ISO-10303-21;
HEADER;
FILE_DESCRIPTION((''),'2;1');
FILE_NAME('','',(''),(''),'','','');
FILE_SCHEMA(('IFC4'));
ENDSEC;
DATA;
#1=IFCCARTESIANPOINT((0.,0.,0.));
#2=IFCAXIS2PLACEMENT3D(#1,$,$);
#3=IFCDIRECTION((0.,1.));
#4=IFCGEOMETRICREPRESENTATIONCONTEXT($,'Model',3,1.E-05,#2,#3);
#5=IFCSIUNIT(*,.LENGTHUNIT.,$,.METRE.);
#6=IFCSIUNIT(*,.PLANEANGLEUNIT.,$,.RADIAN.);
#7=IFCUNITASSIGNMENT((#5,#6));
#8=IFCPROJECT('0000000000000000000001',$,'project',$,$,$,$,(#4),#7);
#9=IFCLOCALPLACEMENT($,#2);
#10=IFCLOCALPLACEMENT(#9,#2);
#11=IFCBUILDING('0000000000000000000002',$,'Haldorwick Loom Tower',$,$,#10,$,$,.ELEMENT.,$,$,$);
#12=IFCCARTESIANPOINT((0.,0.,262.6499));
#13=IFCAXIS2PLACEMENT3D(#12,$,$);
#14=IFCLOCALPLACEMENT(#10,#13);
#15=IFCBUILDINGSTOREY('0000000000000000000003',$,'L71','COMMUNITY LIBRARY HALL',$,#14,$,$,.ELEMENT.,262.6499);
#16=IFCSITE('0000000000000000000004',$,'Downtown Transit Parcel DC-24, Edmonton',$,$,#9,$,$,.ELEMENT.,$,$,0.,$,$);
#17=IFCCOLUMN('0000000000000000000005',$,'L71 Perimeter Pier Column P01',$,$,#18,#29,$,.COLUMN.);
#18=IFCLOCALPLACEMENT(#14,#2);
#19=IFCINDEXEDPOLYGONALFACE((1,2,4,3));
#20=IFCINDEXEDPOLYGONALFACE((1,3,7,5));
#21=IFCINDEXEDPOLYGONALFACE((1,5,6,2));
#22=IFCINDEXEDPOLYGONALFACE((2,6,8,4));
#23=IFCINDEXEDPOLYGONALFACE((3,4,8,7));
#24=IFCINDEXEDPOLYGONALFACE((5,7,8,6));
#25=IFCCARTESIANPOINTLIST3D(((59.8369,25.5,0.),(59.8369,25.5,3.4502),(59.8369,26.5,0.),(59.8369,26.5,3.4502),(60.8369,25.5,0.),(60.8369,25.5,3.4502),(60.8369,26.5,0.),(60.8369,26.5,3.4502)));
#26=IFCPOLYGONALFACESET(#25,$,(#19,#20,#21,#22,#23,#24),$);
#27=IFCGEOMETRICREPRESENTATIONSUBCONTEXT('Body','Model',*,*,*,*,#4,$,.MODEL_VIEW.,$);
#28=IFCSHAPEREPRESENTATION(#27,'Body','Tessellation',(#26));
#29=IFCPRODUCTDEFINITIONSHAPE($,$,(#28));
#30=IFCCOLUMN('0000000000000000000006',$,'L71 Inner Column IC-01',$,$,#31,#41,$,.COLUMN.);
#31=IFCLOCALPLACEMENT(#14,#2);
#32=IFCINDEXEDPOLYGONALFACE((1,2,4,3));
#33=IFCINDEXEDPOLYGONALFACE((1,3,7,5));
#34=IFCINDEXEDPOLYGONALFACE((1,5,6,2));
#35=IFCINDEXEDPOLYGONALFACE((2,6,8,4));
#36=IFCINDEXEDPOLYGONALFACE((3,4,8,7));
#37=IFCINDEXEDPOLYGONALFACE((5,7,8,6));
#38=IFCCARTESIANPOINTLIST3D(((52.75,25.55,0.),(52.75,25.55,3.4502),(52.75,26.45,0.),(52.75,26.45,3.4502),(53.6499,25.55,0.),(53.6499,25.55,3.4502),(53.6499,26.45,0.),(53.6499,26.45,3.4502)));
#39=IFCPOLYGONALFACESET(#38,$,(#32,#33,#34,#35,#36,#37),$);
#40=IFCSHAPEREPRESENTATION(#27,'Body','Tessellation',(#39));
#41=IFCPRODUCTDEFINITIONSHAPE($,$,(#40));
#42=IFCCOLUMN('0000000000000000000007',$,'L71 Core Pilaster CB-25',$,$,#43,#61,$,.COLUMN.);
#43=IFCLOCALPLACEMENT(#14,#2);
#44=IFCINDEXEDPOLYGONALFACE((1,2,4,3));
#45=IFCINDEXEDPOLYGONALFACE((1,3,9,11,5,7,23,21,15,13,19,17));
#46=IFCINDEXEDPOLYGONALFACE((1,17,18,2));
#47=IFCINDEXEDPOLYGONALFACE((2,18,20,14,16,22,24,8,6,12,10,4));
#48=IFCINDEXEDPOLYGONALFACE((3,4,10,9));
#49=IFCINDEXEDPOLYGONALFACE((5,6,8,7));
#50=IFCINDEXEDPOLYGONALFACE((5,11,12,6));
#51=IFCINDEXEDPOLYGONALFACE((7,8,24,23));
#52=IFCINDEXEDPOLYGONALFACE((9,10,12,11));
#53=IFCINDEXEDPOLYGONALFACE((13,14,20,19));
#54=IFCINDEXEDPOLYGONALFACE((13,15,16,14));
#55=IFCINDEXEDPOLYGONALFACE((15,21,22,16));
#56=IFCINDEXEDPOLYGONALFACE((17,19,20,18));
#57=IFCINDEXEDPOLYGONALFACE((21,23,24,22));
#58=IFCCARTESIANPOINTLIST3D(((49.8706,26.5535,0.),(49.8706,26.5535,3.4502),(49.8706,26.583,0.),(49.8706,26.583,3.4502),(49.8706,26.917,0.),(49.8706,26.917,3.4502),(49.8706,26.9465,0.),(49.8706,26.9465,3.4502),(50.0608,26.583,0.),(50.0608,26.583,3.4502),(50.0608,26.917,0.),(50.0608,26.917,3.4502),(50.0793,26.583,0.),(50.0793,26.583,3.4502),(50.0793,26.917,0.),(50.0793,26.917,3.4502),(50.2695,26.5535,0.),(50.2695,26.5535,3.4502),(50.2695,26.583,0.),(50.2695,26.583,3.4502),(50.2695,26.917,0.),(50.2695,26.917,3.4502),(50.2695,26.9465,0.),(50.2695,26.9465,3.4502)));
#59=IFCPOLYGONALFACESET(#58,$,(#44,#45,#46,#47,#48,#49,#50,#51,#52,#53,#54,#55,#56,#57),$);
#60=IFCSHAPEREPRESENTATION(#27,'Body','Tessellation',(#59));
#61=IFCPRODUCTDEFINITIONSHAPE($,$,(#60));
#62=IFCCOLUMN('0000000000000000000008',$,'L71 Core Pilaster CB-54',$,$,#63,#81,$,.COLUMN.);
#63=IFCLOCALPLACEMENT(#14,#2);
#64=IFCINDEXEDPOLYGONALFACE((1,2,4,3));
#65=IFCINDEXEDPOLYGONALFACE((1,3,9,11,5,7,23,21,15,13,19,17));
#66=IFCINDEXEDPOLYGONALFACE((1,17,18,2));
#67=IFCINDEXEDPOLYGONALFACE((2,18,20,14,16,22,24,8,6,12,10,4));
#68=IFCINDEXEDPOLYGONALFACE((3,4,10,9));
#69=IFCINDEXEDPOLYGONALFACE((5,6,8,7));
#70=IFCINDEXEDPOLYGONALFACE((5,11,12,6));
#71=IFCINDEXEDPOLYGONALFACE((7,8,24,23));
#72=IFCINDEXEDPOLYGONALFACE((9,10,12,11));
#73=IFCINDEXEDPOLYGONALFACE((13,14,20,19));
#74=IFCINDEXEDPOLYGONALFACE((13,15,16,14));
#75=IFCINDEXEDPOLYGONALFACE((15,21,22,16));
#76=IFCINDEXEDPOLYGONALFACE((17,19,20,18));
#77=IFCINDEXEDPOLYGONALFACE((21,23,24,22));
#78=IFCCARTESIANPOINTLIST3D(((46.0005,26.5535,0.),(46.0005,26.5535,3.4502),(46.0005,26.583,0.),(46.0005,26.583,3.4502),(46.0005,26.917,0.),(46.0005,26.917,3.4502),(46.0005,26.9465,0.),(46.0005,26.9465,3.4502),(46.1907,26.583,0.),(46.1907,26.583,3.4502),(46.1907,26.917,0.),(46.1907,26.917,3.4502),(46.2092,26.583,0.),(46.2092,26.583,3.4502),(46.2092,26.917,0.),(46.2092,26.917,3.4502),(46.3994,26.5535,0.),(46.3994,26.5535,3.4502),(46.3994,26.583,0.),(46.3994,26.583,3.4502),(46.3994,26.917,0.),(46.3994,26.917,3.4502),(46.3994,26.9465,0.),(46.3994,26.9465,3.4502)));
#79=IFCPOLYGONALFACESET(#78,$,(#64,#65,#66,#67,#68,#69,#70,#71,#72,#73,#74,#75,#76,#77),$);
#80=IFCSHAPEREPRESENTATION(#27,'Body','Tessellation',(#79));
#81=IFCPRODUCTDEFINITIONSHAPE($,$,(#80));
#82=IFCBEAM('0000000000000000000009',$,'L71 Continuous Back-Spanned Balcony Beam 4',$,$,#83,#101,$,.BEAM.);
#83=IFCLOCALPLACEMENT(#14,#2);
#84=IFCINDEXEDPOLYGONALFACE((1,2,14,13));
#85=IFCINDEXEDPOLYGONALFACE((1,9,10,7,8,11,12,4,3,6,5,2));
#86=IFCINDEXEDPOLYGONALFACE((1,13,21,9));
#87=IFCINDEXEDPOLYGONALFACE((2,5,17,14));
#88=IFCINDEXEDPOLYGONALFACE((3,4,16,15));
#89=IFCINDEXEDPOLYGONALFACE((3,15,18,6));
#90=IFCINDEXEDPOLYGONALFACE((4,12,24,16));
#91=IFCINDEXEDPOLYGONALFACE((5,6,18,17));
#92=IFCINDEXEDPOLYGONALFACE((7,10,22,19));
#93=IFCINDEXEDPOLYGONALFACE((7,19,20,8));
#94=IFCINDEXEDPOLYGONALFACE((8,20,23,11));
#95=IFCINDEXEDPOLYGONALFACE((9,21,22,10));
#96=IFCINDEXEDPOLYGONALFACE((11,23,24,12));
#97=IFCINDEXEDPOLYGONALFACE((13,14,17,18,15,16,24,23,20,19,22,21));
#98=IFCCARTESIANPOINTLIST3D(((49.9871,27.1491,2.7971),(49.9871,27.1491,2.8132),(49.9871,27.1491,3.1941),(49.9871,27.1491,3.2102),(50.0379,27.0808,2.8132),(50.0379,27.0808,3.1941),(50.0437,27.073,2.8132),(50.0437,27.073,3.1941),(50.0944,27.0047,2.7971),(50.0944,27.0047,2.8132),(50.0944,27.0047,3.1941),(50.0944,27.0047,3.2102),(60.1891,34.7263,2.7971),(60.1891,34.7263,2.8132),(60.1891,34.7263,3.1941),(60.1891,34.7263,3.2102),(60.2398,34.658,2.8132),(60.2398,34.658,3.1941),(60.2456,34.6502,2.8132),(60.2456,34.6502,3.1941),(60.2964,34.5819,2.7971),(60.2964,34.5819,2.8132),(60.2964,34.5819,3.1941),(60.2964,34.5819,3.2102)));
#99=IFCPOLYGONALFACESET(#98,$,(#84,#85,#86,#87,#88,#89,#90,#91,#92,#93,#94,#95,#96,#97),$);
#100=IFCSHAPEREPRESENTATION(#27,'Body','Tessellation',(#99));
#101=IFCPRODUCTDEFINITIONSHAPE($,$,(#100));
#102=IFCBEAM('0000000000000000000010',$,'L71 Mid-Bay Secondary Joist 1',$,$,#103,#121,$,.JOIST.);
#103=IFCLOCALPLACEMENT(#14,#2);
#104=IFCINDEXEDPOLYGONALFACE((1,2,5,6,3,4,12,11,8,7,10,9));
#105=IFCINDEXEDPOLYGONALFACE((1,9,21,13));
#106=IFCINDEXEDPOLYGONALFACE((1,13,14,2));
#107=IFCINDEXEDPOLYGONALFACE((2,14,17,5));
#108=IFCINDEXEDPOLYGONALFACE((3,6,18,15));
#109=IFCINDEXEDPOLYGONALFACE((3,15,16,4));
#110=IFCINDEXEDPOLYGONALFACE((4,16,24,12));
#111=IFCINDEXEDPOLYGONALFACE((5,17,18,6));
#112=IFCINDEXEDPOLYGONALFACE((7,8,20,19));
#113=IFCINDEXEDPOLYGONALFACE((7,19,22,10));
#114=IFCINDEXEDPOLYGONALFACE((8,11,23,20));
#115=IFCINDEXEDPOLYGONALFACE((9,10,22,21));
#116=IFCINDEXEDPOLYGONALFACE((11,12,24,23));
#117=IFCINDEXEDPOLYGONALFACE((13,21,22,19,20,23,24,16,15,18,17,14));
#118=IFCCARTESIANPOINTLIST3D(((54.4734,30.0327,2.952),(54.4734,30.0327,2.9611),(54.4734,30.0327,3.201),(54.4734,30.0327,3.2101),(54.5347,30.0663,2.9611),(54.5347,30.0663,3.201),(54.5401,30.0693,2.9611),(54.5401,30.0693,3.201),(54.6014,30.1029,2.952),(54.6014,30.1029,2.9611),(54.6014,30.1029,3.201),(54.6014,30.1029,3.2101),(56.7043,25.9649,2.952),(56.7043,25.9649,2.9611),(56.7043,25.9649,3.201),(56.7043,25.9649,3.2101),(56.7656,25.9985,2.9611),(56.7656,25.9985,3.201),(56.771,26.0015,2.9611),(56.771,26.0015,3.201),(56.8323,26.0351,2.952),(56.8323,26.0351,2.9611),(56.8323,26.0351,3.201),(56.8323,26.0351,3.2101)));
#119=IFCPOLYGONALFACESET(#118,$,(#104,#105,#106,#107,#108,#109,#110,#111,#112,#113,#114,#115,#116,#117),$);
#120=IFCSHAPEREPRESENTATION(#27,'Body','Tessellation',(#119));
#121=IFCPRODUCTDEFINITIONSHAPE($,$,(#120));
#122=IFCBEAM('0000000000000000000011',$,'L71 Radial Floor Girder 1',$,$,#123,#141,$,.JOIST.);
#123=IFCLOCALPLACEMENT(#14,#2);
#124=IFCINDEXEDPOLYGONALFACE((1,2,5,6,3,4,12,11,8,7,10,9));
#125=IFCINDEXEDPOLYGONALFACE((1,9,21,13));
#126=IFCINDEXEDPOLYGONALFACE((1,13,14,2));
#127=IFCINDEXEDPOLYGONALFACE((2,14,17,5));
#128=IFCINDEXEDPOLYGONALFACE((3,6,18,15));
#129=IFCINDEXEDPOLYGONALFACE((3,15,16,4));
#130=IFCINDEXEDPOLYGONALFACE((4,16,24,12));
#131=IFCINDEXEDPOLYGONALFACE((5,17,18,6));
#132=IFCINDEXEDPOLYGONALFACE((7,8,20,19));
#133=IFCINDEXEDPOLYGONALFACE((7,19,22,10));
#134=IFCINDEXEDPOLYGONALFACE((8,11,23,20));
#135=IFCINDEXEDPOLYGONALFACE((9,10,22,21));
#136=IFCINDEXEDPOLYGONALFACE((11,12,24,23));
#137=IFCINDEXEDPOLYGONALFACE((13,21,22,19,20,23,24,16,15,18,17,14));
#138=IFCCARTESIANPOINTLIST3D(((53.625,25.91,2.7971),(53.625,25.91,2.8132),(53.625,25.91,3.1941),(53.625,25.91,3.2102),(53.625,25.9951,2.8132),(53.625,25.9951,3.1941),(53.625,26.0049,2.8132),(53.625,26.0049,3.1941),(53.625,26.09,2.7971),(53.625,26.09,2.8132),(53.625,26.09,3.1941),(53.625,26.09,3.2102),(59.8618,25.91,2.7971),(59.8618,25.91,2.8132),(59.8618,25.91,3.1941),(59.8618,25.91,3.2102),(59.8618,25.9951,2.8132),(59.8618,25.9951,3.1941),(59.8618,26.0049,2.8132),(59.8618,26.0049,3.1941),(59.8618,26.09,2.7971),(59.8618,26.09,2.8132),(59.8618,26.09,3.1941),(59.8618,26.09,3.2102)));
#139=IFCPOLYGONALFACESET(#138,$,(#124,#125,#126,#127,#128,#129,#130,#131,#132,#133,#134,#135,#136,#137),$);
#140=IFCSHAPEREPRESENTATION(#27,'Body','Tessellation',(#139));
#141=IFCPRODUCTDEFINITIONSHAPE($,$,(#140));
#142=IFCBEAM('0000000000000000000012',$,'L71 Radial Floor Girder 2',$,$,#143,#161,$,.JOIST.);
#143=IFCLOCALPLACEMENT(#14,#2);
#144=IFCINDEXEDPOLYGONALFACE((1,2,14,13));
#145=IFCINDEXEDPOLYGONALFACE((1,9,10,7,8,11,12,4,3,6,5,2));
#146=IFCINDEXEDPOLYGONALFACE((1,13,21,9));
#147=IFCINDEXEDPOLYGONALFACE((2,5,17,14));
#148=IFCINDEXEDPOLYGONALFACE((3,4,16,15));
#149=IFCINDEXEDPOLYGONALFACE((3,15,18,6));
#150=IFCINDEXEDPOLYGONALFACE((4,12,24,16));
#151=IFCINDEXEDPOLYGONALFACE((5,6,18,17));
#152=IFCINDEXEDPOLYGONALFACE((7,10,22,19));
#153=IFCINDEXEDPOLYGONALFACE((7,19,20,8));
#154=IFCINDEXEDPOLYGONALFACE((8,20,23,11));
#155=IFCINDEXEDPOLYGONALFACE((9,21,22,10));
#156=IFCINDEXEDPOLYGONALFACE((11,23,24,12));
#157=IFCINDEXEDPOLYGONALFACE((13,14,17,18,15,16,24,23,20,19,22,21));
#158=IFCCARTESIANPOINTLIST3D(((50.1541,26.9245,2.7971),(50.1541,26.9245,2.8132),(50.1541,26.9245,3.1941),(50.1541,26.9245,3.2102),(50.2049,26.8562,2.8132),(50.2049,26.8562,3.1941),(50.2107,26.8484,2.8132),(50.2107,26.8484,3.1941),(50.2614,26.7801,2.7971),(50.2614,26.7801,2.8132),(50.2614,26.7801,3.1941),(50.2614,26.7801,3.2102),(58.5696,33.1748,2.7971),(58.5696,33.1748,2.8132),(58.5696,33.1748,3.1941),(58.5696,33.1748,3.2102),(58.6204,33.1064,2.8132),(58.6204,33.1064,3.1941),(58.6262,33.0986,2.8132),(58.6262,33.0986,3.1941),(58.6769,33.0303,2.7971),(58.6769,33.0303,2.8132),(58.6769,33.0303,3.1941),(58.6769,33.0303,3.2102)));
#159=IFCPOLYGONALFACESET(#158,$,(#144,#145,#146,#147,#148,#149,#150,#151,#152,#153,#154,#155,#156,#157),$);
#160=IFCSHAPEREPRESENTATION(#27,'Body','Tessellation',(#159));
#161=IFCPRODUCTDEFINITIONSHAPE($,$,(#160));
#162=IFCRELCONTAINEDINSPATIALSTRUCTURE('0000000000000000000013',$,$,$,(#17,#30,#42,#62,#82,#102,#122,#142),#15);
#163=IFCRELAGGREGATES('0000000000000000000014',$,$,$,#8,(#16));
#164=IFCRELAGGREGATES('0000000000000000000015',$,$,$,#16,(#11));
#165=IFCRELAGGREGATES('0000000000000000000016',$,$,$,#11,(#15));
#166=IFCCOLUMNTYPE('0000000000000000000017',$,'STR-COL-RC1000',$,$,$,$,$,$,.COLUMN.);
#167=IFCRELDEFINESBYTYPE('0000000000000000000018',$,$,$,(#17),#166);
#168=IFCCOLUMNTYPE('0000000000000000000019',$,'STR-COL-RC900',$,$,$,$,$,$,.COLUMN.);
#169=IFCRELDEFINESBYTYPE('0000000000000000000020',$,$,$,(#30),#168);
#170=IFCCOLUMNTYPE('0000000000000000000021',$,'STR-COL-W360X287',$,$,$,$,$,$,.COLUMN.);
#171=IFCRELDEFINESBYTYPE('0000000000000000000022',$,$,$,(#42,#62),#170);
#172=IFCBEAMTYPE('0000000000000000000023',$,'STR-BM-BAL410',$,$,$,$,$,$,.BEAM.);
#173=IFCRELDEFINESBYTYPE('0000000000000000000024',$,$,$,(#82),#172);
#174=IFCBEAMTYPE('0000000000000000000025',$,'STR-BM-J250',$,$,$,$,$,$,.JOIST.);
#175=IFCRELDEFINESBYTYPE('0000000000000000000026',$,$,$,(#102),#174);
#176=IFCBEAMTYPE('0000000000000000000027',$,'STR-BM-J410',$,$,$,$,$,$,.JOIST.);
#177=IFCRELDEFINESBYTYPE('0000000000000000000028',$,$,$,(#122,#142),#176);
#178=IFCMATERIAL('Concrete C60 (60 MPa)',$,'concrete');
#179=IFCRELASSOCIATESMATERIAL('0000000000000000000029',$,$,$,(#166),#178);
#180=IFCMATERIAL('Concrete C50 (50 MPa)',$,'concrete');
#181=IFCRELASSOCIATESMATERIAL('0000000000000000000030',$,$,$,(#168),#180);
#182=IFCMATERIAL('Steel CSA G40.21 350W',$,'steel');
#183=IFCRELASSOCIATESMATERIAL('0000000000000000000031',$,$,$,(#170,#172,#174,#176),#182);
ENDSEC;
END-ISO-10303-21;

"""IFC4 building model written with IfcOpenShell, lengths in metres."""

from ifc_helpers import new_model, si_unit, direction, frame, origin, origin_2d, place, context, subcontext, project, spatial, rectangle, i_section, extrude, material, material_profile, profile_set, type_object, element, save


model = new_model("IFC4")

# Units and contexts
model_context = context("Model", 3, precision=1e-05, world=origin(), true_north=direction((0.0, 1.0)))
body_context = subcontext(model_context, "Body", "Model", "MODEL_VIEW")
ifc_project = project(units=[si_unit("LENGTHUNIT", "METRE"), si_unit("PLANEANGLEUNIT", "RADIAN")], contexts=[model_context])

# Site, building, storey
site_placement = place(None, origin())
site = spatial("IfcSite", under=ifc_project, at=site_placement, Name="Downtown Transit Parcel DC-24, Edmonton", CompositionType="ELEMENT", RefElevation=0.0)
building_placement = place(site_placement, origin())
building = spatial("IfcBuilding", under=site, at=building_placement, Name="Haldorwick Loom Tower", CompositionType="ELEMENT")
storey_placement = place(building_placement, frame((0.0, 0.0, 262.6499)))
storey = spatial("IfcBuildingStorey", under=building, at=storey_placement, Name="L71", Description="COMMUNITY LIBRARY HALL", CompositionType="ELEMENT", Elevation=262.6499)

# Columns
ifc_material_1 = material(Name="Concrete C60 (60 MPa)", Category="concrete")
ifc_material_profile_1 = material_profile(ifc_material_1, rectangle(XDim=1.0, YDim=1.0, at=origin_2d()), Name="RC1000X1000", Category="concrete")
ifc_profile_set_1 = profile_set([ifc_material_profile_1], Name="Concrete C60 (60 MPa)")
column_type_1 = type_object("IfcColumnType", Name="STR-COL-RC1000", PredefinedType="COLUMN", material=ifc_profile_set_1)
column_1_placement = place(storey_placement, frame((60.3369, 26.0, 0.0), z_axis=(0.0, 0.0, 1.0), x_axis=(1.0, 0.0, 0.0)))
element("IfcColumn", 1, at=column_1_placement, inside=storey, type_object=column_type_1, Name="L71 Perimeter Pier Column P01", PredefinedType="COLUMN", context=body_context, shape_type="SweptSolid", body=[
    extrude(rectangle(XDim=1.0, YDim=1.0, at=origin_2d()), origin(), (0.0, 0.0, 1.0), 3.4502),
])
ifc_material_2 = material(Name="Concrete C50 (50 MPa)", Category="concrete")
ifc_material_profile_2 = material_profile(ifc_material_2, rectangle(XDim=0.8999, YDim=0.8999, at=origin_2d()), Name="RC900X900", Category="concrete")
ifc_profile_set_2 = profile_set([ifc_material_profile_2], Name="Concrete C50 (50 MPa)")
column_type_2 = type_object("IfcColumnType", Name="STR-COL-RC900", PredefinedType="COLUMN", material=ifc_profile_set_2)
column_2_placement = place(storey_placement, frame((53.2, 26.0, 0.0), z_axis=(0.0, 0.0, 1.0), x_axis=(1.0, 0.0, 0.0)))
element("IfcColumn", 2, at=column_2_placement, inside=storey, type_object=column_type_2, Name="L71 Inner Column IC-01", PredefinedType="COLUMN", context=body_context, shape_type="SweptSolid", body=[
    extrude(rectangle(XDim=0.8999, YDim=0.8999, at=origin_2d()), origin(), (0.0, 0.0, 1.0), 3.4502),
])
ifc_material_3 = material(Name="Steel CSA G40.21 350W", Category="steel")
ifc_material_profile_3 = material_profile(ifc_material_3, i_section(OverallWidth=0.3989, OverallDepth=0.3931, WebThickness=0.0186, FlangeThickness=0.0295, at=origin_2d()), Name="W360X287", Category="steel")
ifc_profile_set_3 = profile_set([ifc_material_profile_3], Name="Steel CSA G40.21 350W")
column_type_3 = type_object("IfcColumnType", Name="STR-COL-W360X287", PredefinedType="COLUMN", material=ifc_profile_set_3)
for number, where, z_axis, x_axis, name in (
    (3, (50.0701, 26.75, 0.0), (0.0, 0.0, 1.0), (1.0, 0.0, 0.0), "L71 Core Pilaster CB-25"),
    (4, (46.2, 26.75, 0.0), (0.0, 0.0, 1.0), (1.0, 0.0, 0.0), "L71 Core Pilaster CB-54"),
):
    element("IfcColumn", number, at=place(storey_placement, frame(where, z_axis=z_axis, x_axis=x_axis)), inside=storey, type_object=column_type_3, Name=name, PredefinedType="COLUMN", context=body_context, shape_type="SweptSolid", body=[
        extrude(i_section(OverallWidth=0.3989, OverallDepth=0.3931, WebThickness=0.0186, FlangeThickness=0.0295, at=origin_2d()), origin(), (0.0, 0.0, 1.0), 3.4502),
    ])

# Beams
ifc_material_profile_4 = material_profile(ifc_material_3, i_section(OverallWidth=0.1799, OverallDepth=0.4131, WebThickness=0.0098, FlangeThickness=0.0161, at=origin_2d()), Name="W410X74", Category="steel")
ifc_profile_set_4 = profile_set([ifc_material_profile_4], Name="Steel CSA G40.21 350W")
beam_type_1 = type_object("IfcBeamType", Name="STR-BM-BAL410", PredefinedType="BEAM", material=ifc_profile_set_4)
beam_1_placement = place(storey_placement, frame((50.0408, 27.0769, 3.0037), z_axis=(0.802797, 0.596253, 0.0), x_axis=(-0.596253, 0.802797, 0.0)))
element("IfcBeam", 5, at=beam_1_placement, inside=storey, type_object=beam_type_1, Name="L71 Continuous Back-Spanned Balcony Beam 4", PredefinedType="BEAM", context=body_context, shape_type="SweptSolid", body=[
    extrude(i_section(OverallWidth=0.1799, OverallDepth=0.4131, WebThickness=0.0098, FlangeThickness=0.0161, at=origin_2d()), origin(), (0.0, 0.0, 1.0), 12.708),
])
ifc_material_profile_5 = material_profile(ifc_material_3, i_section(OverallWidth=0.146, OverallDepth=0.2581, WebThickness=0.0061, FlangeThickness=0.009, at=origin_2d()), Name="W250X33", Category="steel")
ifc_profile_set_5 = profile_set([ifc_material_profile_5], Name="Steel CSA G40.21 350W")
beam_type_2 = type_object("IfcBeamType", Name="STR-BM-J250", PredefinedType="JOIST", material=ifc_profile_set_5)
beam_2_placement = place(storey_placement, frame((56.7683, 26.0, 3.0811), z_axis=(-0.480864, 0.876795, 0.0), x_axis=(-0.876795, -0.480864, 0.0)))
element("IfcBeam", 6, at=beam_2_placement, inside=storey, type_object=beam_type_2, Name="L71 Mid-Bay Secondary Joist 1", PredefinedType="JOIST", context=body_context, shape_type="SweptSolid", body=[
    extrude(i_section(OverallWidth=0.146, OverallDepth=0.2581, WebThickness=0.0061, FlangeThickness=0.009, at=origin_2d()), origin(), (0.0, 0.0, 1.0), 4.6394),
])
ifc_material_profile_6 = material_profile(ifc_material_3, i_section(OverallWidth=0.1799, OverallDepth=0.4131, WebThickness=0.0098, FlangeThickness=0.0161, at=origin_2d()), Name="W410X74", Category="steel")
ifc_profile_set_6 = profile_set([ifc_material_profile_6], Name="Steel CSA G40.21 350W")
beam_type_3 = type_object("IfcBeamType", Name="STR-BM-J410", PredefinedType="JOIST", material=ifc_profile_set_6)
beam_3_placement = place(storey_placement, frame((53.625, 26.0, 3.0037), z_axis=(1.0, 0.0, 0.0), x_axis=(0.0, 1.0, 0.0)))
element("IfcBeam", 7, at=beam_3_placement, inside=storey, type_object=beam_type_3, Name="L71 Radial Floor Girder 1", PredefinedType="JOIST", context=body_context, shape_type="SweptSolid", body=[
    extrude(i_section(OverallWidth=0.1799, OverallDepth=0.4131, WebThickness=0.0098, FlangeThickness=0.0161, at=origin_2d()), origin(), (0.0, 0.0, 1.0), 6.2368),
])
beam_4_placement = place(storey_placement, frame((50.2078, 26.8523, 3.0037), z_axis=(0.802803, 0.596245, 0.0), x_axis=(-0.596245, 0.802803, 0.0)))
element("IfcBeam", 8, at=beam_4_placement, inside=storey, type_object=beam_type_3, Name="L71 Radial Floor Girder 2", PredefinedType="JOIST", context=body_context, shape_type="SweptSolid", body=[
    extrude(i_section(OverallWidth=0.1799, OverallDepth=0.4131, WebThickness=0.0098, FlangeThickness=0.0161, at=origin_2d()), origin(), (0.0, 0.0, 1.0), 10.4827),
])

save(model, "model.ifc")
